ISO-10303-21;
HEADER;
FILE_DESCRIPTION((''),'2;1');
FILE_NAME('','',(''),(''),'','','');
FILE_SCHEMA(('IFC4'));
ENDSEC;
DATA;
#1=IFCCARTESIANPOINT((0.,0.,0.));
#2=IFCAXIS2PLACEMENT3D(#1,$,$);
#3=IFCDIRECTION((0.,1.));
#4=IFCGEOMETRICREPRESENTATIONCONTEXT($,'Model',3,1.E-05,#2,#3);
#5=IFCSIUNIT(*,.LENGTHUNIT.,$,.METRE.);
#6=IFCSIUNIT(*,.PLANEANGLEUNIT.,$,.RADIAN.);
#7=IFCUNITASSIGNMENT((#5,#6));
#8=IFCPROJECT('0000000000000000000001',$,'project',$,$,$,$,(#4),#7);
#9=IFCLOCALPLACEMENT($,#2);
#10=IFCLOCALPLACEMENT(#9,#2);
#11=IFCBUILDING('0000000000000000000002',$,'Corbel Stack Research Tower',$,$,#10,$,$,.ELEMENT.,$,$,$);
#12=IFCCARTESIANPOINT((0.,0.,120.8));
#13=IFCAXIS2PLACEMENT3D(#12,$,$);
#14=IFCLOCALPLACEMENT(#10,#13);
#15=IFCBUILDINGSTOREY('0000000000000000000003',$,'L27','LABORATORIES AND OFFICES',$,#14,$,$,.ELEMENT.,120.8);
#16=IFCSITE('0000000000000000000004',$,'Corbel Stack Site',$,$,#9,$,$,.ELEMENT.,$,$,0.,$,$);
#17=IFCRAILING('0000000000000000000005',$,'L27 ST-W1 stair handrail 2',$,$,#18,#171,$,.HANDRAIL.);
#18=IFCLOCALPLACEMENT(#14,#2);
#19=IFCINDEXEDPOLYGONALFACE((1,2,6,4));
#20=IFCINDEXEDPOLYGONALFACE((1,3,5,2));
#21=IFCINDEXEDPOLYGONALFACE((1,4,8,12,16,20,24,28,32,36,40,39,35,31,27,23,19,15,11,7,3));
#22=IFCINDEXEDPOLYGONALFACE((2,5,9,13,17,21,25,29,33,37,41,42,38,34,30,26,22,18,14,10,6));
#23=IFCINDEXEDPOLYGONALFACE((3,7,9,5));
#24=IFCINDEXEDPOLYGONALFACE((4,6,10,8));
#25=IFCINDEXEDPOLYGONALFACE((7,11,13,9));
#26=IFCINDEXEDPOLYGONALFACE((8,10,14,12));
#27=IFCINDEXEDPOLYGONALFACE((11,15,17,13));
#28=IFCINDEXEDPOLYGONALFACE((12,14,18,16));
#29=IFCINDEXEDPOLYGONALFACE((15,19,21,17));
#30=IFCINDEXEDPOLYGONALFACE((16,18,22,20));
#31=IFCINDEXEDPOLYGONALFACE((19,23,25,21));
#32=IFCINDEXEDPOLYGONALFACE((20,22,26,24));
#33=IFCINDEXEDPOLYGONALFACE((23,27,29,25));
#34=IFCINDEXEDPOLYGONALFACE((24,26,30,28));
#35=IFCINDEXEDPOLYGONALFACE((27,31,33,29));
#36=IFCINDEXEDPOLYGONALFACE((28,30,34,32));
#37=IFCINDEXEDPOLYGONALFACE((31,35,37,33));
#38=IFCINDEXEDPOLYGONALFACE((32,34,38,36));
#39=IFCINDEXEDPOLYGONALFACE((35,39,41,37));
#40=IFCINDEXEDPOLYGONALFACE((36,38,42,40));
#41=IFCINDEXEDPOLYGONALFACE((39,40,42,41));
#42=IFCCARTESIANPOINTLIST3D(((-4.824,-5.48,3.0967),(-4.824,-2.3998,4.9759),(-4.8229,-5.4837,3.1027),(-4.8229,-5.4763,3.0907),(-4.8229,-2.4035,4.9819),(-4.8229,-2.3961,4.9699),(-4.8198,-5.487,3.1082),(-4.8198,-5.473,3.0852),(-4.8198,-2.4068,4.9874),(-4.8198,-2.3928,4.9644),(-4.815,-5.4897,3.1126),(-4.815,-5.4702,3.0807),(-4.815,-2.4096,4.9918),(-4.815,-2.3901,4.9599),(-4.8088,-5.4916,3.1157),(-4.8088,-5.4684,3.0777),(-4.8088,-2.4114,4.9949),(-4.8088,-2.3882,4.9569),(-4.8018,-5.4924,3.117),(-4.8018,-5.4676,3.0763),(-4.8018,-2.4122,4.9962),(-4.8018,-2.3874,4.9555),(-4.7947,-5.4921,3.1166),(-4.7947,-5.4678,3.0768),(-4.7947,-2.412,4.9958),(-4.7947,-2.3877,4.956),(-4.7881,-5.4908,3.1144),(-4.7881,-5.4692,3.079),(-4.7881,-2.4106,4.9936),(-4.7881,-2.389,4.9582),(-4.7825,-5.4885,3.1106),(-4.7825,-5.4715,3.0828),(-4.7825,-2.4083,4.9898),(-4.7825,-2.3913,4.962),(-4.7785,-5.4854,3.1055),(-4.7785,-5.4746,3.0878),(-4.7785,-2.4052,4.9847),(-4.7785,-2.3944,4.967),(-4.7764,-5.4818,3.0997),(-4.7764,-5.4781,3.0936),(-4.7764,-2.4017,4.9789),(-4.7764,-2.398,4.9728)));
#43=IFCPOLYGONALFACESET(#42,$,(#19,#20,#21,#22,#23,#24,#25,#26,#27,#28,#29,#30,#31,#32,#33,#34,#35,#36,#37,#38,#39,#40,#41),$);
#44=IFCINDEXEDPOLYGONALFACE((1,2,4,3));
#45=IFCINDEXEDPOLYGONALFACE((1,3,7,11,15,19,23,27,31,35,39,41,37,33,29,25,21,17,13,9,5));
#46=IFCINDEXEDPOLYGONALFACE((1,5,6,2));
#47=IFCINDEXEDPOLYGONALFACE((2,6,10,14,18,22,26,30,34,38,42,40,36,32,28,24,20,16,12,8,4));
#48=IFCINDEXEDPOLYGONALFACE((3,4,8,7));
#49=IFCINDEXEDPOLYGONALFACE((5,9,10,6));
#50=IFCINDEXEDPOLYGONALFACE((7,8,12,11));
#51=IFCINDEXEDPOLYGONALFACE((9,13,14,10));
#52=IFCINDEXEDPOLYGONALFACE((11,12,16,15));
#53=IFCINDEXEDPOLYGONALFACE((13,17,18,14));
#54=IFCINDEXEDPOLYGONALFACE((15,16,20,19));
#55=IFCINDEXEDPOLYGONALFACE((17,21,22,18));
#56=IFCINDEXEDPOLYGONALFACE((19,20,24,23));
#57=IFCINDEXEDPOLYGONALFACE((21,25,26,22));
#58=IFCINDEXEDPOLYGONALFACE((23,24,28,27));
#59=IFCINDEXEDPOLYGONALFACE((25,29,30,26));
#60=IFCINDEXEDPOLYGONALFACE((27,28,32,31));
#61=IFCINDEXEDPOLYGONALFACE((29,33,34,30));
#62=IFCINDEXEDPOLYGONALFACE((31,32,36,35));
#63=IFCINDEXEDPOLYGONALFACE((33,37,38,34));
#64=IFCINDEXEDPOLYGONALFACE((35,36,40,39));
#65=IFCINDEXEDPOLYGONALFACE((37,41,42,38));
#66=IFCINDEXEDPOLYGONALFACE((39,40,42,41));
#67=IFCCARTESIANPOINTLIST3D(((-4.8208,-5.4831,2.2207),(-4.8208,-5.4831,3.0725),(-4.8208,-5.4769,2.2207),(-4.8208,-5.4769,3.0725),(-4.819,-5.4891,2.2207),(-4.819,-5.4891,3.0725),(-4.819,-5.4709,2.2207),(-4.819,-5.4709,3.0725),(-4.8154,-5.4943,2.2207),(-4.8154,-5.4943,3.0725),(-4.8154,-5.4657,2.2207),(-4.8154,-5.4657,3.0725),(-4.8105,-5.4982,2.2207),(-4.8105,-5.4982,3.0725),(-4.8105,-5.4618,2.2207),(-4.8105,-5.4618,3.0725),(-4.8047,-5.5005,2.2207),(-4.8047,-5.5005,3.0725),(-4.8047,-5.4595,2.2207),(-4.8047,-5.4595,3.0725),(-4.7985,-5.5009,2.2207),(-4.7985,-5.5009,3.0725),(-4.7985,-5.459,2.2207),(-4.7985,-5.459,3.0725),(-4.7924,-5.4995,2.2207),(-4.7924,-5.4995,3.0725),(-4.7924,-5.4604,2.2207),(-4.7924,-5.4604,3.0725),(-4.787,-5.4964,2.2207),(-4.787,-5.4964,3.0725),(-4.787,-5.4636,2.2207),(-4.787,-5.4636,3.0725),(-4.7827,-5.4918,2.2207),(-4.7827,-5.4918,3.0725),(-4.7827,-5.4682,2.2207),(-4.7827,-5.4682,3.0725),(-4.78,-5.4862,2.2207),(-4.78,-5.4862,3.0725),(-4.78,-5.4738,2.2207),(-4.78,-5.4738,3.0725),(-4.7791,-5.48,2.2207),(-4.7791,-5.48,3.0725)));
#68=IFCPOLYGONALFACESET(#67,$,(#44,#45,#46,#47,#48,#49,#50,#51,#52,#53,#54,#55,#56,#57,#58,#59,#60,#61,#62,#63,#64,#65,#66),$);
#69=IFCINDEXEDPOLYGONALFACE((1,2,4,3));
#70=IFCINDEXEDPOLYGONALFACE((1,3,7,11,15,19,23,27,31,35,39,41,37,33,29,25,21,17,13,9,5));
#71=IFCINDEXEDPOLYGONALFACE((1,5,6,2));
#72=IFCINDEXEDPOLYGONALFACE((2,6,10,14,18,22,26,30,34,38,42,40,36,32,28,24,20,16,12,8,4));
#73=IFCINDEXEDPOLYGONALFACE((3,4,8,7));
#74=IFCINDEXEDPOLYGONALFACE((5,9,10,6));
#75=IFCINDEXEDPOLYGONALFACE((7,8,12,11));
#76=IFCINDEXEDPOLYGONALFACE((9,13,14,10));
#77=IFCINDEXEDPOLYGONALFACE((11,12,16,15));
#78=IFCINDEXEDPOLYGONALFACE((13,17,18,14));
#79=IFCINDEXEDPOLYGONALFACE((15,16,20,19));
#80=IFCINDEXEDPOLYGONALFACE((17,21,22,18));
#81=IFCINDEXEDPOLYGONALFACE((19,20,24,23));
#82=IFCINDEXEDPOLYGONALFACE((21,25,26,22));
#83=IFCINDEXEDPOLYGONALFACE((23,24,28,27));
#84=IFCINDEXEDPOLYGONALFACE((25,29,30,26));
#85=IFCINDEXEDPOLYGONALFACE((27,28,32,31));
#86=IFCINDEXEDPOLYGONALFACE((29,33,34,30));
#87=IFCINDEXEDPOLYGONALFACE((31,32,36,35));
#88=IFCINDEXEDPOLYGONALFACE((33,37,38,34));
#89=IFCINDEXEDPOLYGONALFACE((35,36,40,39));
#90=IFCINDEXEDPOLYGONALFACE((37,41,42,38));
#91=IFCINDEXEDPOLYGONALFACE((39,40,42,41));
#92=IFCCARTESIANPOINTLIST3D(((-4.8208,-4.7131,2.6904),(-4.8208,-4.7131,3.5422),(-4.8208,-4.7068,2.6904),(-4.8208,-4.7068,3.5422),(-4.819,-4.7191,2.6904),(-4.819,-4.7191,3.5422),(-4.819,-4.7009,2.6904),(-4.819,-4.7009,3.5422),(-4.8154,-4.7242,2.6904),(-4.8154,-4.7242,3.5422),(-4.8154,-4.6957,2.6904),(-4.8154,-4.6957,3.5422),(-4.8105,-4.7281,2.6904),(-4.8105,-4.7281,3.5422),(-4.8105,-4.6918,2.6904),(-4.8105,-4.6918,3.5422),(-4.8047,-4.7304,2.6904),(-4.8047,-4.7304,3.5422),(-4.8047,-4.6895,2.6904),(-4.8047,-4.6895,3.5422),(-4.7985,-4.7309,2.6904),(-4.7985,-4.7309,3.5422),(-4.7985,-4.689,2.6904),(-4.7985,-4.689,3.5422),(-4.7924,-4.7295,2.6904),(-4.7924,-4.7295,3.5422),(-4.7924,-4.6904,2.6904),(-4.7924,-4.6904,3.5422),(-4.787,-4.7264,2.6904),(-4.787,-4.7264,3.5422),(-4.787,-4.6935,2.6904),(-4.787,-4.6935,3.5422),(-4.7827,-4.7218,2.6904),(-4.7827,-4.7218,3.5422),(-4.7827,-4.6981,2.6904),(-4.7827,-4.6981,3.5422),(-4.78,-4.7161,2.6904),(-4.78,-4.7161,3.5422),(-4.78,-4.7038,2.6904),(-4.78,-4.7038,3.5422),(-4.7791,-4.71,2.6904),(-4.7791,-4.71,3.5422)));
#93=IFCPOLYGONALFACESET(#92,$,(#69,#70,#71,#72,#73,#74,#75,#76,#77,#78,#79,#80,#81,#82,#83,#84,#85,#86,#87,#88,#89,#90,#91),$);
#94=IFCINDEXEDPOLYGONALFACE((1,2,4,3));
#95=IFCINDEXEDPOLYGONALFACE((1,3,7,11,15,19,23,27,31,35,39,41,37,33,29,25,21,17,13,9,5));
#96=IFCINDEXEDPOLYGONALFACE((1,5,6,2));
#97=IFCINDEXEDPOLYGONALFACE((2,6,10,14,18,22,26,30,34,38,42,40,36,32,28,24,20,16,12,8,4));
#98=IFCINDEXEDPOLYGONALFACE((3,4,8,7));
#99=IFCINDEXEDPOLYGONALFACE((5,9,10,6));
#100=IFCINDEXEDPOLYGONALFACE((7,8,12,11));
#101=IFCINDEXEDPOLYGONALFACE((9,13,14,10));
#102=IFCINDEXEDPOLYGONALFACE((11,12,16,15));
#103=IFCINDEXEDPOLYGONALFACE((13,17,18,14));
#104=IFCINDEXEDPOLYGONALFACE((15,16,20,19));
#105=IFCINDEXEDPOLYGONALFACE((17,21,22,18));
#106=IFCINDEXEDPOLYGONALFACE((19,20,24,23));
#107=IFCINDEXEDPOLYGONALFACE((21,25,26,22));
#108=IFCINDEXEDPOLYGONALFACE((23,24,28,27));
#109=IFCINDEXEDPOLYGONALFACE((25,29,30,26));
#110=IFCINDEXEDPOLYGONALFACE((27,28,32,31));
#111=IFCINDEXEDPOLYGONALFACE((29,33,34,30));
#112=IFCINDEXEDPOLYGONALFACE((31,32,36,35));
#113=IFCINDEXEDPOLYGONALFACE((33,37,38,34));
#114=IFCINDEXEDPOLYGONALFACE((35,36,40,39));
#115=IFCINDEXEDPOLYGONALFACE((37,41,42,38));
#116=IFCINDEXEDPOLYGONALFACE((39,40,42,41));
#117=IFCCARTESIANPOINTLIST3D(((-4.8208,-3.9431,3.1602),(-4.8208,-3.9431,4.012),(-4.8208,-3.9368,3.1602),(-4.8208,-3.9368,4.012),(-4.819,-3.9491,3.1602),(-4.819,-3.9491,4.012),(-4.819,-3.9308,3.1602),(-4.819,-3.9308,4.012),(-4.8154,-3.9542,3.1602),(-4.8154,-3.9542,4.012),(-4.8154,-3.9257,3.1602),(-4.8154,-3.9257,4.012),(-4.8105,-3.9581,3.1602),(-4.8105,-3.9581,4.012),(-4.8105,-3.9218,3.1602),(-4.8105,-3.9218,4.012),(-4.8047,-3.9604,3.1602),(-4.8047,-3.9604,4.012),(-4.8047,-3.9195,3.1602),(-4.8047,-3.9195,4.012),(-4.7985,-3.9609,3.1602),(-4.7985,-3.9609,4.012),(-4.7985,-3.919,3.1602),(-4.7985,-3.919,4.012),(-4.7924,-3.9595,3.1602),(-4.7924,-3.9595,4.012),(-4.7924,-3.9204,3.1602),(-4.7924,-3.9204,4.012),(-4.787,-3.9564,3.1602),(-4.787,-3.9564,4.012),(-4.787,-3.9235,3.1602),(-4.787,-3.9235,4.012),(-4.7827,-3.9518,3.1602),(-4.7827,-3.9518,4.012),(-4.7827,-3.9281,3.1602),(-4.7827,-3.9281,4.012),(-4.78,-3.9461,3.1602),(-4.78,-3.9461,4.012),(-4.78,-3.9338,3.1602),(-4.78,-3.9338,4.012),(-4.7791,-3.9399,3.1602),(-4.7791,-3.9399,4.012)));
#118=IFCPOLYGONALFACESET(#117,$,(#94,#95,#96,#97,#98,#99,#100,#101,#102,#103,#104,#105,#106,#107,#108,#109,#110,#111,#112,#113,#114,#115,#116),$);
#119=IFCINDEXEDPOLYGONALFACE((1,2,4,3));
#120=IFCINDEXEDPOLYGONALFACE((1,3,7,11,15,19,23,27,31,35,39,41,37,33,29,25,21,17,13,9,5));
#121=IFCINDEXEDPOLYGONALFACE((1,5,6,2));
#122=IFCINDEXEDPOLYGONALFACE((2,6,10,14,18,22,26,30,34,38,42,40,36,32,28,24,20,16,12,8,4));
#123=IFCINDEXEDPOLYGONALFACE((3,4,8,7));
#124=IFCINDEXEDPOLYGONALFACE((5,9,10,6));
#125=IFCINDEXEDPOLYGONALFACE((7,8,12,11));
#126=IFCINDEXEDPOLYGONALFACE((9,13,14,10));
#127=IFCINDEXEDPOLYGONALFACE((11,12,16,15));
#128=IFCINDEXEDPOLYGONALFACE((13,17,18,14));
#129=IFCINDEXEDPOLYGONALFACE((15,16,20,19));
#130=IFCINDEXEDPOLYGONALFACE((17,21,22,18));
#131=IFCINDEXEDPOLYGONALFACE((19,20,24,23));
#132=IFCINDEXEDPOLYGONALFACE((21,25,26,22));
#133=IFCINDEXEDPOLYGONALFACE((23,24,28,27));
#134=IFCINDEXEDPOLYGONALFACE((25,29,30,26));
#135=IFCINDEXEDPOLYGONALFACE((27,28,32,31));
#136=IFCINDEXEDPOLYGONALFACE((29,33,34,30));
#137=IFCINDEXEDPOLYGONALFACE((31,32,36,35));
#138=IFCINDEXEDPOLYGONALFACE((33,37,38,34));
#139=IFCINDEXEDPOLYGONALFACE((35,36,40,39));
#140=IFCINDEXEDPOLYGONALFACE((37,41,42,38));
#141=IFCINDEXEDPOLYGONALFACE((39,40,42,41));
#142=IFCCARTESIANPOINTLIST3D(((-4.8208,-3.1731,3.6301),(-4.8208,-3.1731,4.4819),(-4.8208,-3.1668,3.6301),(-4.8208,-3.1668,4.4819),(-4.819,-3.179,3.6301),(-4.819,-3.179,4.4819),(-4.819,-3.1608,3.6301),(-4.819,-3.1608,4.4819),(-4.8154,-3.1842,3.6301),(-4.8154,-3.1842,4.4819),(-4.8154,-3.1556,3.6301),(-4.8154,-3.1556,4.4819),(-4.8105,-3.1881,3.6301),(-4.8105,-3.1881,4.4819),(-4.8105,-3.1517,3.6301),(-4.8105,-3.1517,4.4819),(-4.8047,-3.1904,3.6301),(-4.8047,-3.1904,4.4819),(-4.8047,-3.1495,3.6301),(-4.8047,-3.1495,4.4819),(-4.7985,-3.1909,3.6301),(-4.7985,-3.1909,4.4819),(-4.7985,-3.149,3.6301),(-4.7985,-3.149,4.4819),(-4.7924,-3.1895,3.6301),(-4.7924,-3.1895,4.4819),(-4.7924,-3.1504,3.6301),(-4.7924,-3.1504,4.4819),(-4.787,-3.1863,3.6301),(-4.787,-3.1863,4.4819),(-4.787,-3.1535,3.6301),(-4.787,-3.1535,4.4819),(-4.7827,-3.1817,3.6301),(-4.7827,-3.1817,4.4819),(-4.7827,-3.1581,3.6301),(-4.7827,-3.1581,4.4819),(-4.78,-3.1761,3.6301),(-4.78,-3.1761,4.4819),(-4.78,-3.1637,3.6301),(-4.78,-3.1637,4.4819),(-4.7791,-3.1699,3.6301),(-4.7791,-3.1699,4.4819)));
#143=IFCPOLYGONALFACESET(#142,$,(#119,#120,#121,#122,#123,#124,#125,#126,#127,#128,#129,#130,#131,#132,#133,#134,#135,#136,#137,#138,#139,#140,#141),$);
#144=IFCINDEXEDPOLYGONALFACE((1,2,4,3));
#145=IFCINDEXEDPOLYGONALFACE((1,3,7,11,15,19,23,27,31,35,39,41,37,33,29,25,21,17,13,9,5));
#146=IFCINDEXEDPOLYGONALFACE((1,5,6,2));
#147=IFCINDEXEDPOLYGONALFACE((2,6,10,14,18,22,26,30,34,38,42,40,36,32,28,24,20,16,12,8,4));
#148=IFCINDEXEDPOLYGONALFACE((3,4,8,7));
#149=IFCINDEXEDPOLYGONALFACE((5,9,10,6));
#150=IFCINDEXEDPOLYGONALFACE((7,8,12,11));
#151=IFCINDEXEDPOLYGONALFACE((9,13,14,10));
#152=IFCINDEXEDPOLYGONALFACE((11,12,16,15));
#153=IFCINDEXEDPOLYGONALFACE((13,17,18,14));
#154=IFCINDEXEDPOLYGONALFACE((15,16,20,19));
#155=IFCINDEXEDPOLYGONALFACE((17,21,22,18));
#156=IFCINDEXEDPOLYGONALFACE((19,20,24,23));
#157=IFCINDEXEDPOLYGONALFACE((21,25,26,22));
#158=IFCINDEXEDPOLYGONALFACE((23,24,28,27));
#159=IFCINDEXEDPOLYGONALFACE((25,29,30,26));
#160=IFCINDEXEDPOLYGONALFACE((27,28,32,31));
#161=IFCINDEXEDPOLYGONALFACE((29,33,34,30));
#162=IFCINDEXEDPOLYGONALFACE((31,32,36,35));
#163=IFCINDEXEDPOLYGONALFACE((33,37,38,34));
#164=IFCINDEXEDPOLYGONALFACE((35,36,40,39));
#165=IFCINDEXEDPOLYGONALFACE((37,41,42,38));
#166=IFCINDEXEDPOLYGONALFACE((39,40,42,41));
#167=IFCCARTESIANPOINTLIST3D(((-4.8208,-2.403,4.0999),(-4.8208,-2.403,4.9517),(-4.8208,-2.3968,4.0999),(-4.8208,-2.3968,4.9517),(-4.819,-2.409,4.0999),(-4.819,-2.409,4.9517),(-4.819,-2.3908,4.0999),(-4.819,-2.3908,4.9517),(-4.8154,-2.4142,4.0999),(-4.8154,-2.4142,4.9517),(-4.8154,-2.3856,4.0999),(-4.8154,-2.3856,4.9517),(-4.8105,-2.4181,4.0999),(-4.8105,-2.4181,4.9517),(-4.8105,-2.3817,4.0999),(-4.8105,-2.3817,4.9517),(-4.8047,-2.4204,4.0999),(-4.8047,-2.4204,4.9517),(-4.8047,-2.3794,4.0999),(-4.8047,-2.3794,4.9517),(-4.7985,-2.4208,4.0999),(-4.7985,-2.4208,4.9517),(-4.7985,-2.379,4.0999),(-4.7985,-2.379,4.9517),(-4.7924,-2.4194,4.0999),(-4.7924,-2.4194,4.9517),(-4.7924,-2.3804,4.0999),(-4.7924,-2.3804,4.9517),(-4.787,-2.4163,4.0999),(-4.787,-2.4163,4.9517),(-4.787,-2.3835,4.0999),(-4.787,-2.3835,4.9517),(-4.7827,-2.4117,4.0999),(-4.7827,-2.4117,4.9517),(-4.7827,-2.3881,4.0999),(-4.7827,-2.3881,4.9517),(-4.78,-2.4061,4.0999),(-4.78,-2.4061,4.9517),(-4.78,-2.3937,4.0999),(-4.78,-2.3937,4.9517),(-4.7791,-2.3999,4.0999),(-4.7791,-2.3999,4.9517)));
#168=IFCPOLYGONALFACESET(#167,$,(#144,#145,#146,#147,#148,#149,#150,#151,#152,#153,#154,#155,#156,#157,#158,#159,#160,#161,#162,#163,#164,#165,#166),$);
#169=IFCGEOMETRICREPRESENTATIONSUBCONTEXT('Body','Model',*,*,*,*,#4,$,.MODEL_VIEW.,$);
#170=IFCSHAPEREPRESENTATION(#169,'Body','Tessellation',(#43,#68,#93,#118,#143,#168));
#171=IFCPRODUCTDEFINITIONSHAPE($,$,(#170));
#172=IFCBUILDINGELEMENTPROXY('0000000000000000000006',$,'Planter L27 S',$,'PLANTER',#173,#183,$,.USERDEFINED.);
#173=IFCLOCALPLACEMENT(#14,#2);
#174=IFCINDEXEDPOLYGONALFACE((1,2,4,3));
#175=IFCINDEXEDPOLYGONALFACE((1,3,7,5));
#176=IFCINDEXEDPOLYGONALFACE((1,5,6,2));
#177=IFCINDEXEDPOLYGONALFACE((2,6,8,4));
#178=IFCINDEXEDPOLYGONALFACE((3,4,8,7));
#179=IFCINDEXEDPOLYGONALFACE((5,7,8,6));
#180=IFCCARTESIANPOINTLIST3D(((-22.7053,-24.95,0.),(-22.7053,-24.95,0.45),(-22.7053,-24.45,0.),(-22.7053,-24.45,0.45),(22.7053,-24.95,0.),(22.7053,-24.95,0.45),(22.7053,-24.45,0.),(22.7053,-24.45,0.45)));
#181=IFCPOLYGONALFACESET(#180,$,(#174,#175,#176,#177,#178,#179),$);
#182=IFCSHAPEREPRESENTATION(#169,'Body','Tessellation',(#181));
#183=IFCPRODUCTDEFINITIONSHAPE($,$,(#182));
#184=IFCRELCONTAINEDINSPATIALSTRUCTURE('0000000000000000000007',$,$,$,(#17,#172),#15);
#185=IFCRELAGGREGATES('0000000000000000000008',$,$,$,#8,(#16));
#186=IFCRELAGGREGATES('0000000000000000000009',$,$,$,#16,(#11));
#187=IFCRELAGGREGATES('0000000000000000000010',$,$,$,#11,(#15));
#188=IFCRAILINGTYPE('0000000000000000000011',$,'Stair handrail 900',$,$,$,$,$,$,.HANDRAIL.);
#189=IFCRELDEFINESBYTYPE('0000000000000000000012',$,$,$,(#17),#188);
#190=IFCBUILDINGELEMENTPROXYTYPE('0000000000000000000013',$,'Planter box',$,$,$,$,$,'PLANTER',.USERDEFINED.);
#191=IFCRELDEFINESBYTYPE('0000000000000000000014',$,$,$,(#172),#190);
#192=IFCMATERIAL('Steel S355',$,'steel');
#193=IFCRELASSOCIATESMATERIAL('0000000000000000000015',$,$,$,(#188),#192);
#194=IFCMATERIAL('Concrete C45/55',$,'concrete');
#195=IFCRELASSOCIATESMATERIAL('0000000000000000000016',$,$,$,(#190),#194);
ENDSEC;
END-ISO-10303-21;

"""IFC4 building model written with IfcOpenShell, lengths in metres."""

from ifc_helpers import new_model, si_unit, direction, frame, origin, origin_2d, place, context, subcontext, project, spatial, rectangle, circle, extrude, material, type_object, element, save


model = new_model("IFC4")

# Units and contexts
model_context = context("Model", 3, precision=1e-05, world=origin(), true_north=direction((0.0, 1.0)))
body_context = subcontext(model_context, "Body", "Model", "MODEL_VIEW")
ifc_project = project(units=[si_unit("LENGTHUNIT", "METRE"), si_unit("PLANEANGLEUNIT", "RADIAN")], contexts=[model_context])

# Site, building, storey
site_placement = place(None, origin())
site = spatial("IfcSite", under=ifc_project, at=site_placement, Name="Corbel Stack Site", CompositionType="ELEMENT", RefElevation=0.0)
building_placement = place(site_placement, origin())
building = spatial("IfcBuilding", under=site, at=building_placement, Name="Corbel Stack Research Tower", CompositionType="ELEMENT")
storey_placement = place(building_placement, frame((0.0, 0.0, 120.8)))
storey = spatial("IfcBuildingStorey", under=building, at=storey_placement, Name="L27", Description="LABORATORIES AND OFFICES", CompositionType="ELEMENT", Elevation=120.8)

# Railing
ifc_material_1 = material(Name="Steel S355", Category="steel")
railing_type_1 = type_object("IfcRailingType", Name="Stair handrail 900", PredefinedType="HANDRAIL", material=ifc_material_1)
railing_1_placement = place(storey_placement, frame((-4.8, -5.48, 2.2207)))
element("IfcRailing", 1, at=railing_1_placement, inside=storey, type_object=railing_type_1, Name="L27 ST-W1 stair handrail 2", PredefinedType="HANDRAIL", context=body_context, shape_type="SweptSolid", body=[
    extrude(circle(Radius=0.0239, at=origin_2d()), frame((0.0, 0.0, 0.876), z_axis=(0.0, 0.853666, 0.52082), x_axis=(-1.0, 0.0, 0.0)), (0.0, 0.0, 1.0), 3.6082),
    extrude(circle(Radius=0.021, at=origin_2d()), origin(), (0.0, 0.0, 1.0), 0.8518),
    extrude(circle(Radius=0.021, at=origin_2d()), frame((0.0, 0.77, 0.4697)), (0.0, 0.0, 1.0), 0.8518),
    extrude(circle(Radius=0.021, at=origin_2d()), frame((0.0, 1.54, 0.9395)), (0.0, 0.0, 1.0), 0.8518),
    extrude(circle(Radius=0.021, at=origin_2d()), frame((0.0, 2.3101, 1.4094)), (0.0, 0.0, 1.0), 0.8518),
    extrude(circle(Radius=0.021, at=origin_2d()), frame((0.0, 3.0801, 1.8792)), (0.0, 0.0, 1.0), 0.8518),
])

# Building element proxy
ifc_material_2 = material(Name="Concrete C45/55", Category="concrete")
building_element_proxy_type = type_object("IfcBuildingElementProxyType", Name="Planter box", ElementType="PLANTER", PredefinedType="USERDEFINED", material=ifc_material_2)
proxy_placement = place(storey_placement, frame((0.0, -24.7, 0.0), z_axis=(0.0, 0.0, 1.0), x_axis=(1.0, 0.0, 0.0)))
element("IfcBuildingElementProxy", 2, at=proxy_placement, inside=storey, type_object=building_element_proxy_type, Name="Planter L27 S", ObjectType="PLANTER", PredefinedType="USERDEFINED", context=body_context, shape_type="SweptSolid", body=[
    extrude(rectangle(XDim=45.4106, YDim=0.5, at=origin_2d()), origin(), (0.0, 0.0, 1.0), 0.45),
])

save(model, "model.ifc")
